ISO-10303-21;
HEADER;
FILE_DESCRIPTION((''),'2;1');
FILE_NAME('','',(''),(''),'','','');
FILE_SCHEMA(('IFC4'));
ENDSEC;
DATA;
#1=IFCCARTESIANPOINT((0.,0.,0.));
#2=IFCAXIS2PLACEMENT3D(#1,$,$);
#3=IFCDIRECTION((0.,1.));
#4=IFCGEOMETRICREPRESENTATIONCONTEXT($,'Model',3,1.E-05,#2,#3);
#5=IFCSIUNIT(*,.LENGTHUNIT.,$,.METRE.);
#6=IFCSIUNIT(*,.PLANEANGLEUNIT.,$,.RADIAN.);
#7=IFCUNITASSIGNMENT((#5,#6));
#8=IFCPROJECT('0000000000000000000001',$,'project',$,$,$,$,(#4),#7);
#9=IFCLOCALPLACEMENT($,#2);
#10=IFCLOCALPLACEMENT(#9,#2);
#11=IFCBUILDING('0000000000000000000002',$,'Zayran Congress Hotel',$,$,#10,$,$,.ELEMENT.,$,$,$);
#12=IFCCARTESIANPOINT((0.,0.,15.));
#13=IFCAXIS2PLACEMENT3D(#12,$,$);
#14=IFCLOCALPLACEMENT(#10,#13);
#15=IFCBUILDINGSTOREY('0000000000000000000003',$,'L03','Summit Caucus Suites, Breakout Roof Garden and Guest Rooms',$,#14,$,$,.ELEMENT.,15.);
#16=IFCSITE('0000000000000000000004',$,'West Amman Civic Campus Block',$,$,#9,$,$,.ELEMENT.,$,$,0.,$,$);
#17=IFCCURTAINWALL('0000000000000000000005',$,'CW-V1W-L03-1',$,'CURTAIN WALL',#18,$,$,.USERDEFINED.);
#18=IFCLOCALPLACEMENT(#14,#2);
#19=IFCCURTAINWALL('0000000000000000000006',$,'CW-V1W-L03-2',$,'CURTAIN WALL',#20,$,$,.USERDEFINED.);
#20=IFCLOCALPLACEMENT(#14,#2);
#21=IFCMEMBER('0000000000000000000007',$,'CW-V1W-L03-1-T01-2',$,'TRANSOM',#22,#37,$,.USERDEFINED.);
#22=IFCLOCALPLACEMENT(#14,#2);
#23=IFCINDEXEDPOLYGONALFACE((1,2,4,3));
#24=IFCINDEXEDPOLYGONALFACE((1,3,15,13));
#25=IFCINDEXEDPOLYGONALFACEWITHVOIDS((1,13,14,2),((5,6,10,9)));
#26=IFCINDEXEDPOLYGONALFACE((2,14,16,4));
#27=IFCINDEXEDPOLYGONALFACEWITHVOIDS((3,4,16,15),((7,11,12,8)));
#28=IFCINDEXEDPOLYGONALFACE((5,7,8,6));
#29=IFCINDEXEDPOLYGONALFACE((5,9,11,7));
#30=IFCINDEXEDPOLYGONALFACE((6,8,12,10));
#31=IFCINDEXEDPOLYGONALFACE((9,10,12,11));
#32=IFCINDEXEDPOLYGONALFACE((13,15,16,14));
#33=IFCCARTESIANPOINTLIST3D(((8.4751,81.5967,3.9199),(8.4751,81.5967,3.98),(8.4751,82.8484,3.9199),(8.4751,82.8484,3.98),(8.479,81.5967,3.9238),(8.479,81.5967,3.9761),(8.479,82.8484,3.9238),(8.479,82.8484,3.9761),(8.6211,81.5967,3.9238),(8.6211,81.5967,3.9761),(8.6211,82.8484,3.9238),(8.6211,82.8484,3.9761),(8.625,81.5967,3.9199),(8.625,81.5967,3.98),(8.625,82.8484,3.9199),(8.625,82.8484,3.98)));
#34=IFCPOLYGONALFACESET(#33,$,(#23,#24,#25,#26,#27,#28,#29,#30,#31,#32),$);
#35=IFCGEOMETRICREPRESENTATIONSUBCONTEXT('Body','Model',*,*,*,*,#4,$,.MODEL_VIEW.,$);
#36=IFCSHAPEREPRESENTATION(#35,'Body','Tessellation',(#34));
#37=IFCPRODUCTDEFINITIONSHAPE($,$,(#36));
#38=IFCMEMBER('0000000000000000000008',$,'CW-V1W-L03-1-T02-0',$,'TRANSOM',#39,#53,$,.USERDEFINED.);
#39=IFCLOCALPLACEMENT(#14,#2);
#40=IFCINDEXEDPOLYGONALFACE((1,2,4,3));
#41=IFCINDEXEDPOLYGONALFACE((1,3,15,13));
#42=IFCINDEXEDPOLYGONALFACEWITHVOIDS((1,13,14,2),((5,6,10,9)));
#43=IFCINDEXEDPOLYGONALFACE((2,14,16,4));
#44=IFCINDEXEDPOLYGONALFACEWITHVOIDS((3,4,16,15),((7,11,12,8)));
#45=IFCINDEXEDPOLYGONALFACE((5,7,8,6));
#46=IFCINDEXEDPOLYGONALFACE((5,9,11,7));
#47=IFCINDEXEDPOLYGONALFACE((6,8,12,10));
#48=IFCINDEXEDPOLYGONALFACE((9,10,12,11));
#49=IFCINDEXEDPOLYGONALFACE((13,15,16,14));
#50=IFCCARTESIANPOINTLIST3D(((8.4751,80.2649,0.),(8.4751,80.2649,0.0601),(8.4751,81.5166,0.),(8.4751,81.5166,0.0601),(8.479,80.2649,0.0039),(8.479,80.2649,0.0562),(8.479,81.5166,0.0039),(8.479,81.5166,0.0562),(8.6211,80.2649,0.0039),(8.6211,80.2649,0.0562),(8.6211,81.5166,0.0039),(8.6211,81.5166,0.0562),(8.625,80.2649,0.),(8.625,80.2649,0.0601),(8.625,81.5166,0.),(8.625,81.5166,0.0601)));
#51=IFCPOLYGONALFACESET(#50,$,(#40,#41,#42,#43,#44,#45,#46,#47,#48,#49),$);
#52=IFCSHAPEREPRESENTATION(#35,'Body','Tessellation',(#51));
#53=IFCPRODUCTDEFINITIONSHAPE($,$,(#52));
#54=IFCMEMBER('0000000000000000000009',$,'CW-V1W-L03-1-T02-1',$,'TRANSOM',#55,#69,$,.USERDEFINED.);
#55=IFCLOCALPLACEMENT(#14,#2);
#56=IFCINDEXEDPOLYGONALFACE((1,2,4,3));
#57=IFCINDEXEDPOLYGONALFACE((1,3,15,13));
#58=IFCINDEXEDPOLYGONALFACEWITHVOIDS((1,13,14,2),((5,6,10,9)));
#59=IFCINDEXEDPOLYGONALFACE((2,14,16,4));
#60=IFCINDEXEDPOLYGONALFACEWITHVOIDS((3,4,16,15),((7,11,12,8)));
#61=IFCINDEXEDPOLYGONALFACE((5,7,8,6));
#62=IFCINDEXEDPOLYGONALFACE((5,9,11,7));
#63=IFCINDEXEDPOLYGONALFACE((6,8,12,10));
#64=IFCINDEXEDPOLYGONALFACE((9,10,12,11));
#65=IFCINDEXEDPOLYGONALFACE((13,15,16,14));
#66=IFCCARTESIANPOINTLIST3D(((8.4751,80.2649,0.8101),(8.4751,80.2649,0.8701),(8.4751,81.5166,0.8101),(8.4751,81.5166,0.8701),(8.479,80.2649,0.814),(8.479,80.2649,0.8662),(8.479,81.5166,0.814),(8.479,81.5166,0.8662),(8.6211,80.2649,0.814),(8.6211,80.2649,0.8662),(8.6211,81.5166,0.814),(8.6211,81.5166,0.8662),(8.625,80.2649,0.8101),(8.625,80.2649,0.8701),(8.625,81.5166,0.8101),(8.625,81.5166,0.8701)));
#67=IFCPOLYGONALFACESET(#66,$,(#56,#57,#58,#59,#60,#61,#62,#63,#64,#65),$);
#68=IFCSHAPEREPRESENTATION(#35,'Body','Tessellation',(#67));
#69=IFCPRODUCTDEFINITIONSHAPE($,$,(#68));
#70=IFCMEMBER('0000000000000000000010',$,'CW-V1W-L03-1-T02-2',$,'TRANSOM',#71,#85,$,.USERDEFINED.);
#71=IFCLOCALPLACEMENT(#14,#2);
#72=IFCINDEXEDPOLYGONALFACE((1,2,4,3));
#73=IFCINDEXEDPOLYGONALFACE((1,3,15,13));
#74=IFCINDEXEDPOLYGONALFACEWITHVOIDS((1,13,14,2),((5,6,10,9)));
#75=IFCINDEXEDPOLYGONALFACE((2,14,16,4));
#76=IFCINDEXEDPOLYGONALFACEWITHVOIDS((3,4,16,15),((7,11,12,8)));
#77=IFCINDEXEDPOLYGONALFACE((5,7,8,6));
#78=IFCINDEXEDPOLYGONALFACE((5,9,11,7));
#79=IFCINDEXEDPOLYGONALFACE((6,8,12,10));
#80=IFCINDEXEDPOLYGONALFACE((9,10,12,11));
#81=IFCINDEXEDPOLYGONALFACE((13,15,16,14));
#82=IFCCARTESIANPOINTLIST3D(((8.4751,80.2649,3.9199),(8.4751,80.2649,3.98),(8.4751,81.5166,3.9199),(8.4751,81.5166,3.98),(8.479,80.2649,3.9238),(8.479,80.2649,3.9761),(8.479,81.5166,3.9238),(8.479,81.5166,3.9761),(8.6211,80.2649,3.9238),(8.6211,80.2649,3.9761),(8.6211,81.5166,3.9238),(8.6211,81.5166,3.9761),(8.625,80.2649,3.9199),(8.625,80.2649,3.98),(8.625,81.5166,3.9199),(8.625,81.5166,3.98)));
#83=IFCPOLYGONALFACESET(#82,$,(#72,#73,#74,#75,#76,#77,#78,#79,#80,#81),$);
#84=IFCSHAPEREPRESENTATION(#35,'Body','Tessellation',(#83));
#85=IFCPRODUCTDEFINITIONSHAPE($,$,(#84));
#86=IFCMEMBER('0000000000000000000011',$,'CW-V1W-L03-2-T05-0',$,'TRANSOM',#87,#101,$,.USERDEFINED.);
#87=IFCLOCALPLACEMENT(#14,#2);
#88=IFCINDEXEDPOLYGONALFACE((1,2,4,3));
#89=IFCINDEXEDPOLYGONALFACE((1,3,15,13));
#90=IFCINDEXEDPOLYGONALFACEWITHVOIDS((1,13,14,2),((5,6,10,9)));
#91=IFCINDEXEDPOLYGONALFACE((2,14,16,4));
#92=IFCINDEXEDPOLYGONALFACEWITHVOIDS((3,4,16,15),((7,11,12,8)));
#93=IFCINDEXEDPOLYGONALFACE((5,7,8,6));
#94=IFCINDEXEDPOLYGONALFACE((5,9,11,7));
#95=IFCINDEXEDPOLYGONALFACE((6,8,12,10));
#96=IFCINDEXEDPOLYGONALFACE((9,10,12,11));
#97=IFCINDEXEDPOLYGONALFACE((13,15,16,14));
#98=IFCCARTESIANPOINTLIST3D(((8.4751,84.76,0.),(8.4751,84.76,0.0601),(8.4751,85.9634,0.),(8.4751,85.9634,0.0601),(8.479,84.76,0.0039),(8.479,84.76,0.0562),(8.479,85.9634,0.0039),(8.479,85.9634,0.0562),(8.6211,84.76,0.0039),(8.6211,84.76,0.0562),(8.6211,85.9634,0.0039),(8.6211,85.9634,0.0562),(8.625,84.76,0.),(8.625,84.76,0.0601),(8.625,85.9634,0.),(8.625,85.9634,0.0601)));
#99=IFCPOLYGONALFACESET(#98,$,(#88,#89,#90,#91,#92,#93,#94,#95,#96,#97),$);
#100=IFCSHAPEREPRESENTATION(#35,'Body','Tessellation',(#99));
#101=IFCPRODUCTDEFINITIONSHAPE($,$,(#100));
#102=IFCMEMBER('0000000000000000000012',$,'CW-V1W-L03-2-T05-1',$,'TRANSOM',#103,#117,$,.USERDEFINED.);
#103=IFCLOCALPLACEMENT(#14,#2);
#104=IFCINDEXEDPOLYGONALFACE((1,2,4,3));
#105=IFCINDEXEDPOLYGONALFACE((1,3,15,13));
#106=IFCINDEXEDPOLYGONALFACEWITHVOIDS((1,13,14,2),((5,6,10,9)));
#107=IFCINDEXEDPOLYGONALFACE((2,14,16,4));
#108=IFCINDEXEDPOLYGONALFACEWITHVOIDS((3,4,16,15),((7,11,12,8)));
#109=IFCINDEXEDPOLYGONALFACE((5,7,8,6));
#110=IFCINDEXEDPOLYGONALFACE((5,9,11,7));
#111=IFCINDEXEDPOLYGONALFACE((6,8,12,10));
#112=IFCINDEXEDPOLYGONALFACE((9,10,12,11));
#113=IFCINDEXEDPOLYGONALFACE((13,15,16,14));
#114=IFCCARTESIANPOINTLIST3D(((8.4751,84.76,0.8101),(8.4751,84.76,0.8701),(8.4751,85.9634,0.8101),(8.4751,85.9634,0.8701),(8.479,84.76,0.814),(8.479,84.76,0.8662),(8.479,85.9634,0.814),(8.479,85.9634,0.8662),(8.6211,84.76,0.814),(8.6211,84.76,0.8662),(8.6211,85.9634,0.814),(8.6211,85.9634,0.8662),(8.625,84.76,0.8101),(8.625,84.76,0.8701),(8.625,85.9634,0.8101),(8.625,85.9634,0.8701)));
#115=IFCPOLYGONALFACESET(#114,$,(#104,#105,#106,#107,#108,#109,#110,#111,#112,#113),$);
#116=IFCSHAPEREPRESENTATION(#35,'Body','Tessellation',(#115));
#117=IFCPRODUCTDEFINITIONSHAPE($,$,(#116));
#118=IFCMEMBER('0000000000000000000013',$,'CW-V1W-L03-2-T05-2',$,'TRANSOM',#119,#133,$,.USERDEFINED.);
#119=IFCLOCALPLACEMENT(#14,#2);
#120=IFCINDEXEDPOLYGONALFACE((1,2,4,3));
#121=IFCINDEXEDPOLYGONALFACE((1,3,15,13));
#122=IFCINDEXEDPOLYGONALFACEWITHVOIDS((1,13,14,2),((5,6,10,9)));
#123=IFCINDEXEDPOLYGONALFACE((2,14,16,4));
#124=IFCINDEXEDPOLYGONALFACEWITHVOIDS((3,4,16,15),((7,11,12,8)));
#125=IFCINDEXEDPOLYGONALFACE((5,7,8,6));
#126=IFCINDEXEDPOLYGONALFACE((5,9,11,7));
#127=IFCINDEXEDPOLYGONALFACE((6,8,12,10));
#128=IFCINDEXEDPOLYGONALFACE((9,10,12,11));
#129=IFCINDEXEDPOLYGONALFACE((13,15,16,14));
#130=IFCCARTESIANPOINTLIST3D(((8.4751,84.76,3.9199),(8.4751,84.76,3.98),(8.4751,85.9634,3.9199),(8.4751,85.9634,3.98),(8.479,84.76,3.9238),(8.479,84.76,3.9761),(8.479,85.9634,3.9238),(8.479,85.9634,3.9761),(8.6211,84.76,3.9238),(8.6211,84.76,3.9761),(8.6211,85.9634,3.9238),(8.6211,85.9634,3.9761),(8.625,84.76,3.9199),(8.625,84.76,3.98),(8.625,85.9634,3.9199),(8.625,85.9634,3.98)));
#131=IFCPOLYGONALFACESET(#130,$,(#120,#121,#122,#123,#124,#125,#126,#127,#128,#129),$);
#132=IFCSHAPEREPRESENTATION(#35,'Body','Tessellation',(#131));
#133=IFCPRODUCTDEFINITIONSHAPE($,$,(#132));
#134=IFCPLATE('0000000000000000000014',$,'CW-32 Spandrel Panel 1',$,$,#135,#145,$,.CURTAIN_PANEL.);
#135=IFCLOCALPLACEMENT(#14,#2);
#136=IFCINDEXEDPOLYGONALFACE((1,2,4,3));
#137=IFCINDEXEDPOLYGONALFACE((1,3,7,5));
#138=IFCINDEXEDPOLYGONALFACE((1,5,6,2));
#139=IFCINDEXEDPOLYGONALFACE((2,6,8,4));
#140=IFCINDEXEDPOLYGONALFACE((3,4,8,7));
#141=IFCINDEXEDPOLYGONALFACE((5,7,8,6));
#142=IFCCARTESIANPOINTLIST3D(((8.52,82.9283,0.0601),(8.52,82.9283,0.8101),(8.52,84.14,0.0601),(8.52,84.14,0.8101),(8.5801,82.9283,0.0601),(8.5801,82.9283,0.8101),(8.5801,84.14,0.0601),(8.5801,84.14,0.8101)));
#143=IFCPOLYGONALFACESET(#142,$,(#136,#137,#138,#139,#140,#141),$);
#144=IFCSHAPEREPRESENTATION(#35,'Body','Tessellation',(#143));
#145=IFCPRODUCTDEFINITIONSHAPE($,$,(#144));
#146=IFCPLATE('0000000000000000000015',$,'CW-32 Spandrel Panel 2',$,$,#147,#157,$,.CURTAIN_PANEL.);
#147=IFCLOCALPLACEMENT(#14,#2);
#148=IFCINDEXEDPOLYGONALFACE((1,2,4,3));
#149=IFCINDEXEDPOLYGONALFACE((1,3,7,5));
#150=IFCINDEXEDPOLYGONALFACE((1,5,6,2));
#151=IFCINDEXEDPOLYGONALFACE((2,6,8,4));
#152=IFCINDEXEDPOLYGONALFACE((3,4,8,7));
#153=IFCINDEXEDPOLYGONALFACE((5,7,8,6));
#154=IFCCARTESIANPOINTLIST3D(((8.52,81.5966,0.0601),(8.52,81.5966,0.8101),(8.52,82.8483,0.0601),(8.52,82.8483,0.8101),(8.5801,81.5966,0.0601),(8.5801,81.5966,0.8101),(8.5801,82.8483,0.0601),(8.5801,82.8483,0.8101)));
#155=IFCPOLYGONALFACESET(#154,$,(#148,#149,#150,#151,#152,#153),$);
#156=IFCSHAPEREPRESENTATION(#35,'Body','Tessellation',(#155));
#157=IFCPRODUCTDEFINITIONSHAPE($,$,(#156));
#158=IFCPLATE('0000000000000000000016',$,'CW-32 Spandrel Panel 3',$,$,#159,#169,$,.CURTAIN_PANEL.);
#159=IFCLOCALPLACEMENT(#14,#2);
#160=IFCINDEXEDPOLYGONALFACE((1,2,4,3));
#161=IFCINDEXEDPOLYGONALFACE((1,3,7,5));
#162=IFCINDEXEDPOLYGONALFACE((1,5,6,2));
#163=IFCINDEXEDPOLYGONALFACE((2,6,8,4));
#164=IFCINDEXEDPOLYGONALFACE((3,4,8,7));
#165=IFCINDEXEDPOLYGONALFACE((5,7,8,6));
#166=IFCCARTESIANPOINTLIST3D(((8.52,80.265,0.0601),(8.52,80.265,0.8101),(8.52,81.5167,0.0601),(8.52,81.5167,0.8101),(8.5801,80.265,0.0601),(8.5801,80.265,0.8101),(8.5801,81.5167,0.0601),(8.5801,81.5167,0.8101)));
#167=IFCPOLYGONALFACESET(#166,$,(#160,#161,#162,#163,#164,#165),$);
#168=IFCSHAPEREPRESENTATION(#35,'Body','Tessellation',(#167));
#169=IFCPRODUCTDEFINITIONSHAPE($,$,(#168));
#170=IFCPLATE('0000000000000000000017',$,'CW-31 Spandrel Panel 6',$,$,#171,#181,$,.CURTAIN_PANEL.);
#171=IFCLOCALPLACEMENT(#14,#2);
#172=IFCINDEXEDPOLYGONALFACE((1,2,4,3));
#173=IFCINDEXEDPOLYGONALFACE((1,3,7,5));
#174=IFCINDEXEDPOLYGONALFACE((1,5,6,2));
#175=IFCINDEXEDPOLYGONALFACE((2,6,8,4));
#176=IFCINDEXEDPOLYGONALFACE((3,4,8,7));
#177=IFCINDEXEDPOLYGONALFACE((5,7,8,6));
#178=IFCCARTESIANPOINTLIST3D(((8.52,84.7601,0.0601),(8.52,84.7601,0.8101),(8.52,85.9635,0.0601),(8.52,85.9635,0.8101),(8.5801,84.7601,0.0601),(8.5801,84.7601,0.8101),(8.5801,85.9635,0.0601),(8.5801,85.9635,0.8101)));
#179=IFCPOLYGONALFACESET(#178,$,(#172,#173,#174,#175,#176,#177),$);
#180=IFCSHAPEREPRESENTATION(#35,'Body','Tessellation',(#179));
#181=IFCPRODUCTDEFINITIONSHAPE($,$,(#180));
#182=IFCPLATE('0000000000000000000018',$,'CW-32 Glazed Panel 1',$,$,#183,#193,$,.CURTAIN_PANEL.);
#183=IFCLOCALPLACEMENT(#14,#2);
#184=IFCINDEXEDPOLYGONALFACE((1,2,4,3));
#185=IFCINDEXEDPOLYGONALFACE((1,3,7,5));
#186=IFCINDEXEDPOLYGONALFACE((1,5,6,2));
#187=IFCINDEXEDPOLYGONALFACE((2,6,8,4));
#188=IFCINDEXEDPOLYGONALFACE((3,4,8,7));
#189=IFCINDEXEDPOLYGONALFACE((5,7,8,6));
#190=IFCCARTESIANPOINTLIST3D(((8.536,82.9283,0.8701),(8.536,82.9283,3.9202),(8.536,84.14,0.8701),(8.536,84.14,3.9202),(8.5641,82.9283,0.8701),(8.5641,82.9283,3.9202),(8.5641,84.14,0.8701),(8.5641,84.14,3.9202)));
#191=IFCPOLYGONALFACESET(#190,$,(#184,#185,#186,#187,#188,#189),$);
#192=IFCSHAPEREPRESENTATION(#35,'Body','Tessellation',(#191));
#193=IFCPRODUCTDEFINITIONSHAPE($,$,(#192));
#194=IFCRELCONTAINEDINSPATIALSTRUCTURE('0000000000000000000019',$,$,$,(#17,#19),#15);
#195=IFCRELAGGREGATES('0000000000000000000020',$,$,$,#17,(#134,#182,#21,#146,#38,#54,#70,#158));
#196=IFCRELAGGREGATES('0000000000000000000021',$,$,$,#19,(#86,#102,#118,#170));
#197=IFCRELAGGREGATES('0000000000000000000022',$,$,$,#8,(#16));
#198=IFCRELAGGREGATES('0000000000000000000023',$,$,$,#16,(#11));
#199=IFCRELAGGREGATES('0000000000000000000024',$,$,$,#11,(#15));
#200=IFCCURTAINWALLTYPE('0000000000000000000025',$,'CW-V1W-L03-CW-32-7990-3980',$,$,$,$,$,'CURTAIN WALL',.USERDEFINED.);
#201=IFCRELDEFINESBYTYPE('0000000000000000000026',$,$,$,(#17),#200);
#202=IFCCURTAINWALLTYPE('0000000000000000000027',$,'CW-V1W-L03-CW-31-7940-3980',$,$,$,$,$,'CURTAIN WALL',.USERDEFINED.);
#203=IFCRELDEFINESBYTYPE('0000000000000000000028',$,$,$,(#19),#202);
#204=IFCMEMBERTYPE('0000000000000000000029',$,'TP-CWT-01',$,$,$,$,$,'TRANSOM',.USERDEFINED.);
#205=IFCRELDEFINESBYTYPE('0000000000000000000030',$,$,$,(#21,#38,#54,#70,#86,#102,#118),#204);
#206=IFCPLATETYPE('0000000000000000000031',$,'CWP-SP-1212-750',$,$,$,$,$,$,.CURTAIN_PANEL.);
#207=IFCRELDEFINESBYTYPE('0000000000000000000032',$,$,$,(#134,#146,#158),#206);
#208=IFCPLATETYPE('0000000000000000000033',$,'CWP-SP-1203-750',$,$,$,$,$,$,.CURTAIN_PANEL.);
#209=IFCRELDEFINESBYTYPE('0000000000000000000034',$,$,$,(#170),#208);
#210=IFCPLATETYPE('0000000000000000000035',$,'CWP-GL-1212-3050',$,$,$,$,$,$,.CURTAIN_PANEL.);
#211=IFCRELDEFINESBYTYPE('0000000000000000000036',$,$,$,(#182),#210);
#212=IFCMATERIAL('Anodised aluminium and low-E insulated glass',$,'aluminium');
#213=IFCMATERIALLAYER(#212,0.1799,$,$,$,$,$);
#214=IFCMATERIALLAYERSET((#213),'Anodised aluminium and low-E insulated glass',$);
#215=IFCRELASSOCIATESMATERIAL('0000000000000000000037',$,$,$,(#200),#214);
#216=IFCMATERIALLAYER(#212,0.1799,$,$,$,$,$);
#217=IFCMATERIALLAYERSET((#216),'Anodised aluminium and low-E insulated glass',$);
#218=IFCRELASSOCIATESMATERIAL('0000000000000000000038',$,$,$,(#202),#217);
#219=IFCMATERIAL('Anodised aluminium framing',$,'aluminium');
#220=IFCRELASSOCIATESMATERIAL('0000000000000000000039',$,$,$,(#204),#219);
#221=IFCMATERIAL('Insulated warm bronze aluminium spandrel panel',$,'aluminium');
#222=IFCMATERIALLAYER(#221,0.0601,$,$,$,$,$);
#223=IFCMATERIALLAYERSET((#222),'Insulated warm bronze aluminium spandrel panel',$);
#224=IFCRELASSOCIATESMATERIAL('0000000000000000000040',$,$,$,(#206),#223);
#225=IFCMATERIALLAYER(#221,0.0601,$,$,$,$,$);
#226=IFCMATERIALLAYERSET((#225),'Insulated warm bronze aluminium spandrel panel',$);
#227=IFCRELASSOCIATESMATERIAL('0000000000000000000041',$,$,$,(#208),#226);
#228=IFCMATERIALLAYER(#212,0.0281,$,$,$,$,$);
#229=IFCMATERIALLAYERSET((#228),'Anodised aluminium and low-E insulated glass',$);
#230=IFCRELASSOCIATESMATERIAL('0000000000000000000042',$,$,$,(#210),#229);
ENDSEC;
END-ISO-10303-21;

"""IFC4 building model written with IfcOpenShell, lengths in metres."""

from ifc_helpers import new_model, si_unit, direction, frame, origin, origin_2d, place, context, subcontext, project, spatial, rectangle, hollow_rectangle, extrude, material, layer, layer_set, material_profile, profile_set, type_object, element, aggregate, save


model = new_model("IFC4")

# Units and contexts
model_context = context("Model", 3, precision=1e-05, world=origin(), true_north=direction((0.0, 1.0)))
body_context = subcontext(model_context, "Body", "Model", "MODEL_VIEW")
ifc_project = project(units=[si_unit("LENGTHUNIT", "METRE"), si_unit("PLANEANGLEUNIT", "RADIAN")], contexts=[model_context])

# Site, building, storey
site_placement = place(None, origin())
site = spatial("IfcSite", under=ifc_project, at=site_placement, Name="West Amman Civic Campus Block", CompositionType="ELEMENT", RefElevation=0.0)
building_placement = place(site_placement, origin())
building = spatial("IfcBuilding", under=site, at=building_placement, Name="Zayran Congress Hotel", CompositionType="ELEMENT")
storey_placement = place(building_placement, frame((0.0, 0.0, 15.0)))
storey = spatial("IfcBuildingStorey", under=building, at=storey_placement, Name="L03", Description="Summit Caucus Suites, Breakout Roof Garden and Guest Rooms", CompositionType="ELEMENT", Elevation=15.0)

# Curtain walls
ifc_material_1 = material(Name="Anodised aluminium and low-E insulated glass", Category="aluminium")
ifc_layer_1 = layer(ifc_material_1, 0.1799)
ifc_layer_set_1 = layer_set([ifc_layer_1], Name="Anodised aluminium and low-E insulated glass")
curtain_wall_type_1 = type_object("IfcCurtainWallType", Name="CW-V1W-L03-CW-32-7990-3980", ElementType="CURTAIN WALL", PredefinedType="USERDEFINED", material=ifc_layer_set_1)
curtain_wall_1_placement = place(storey_placement, origin())
curtain_wall_1 = element("IfcCurtainWall", 1, at=curtain_wall_1_placement, inside=storey, type_object=curtain_wall_type_1, Name="CW-V1W-L03-1", ObjectType="CURTAIN WALL", PredefinedType="USERDEFINED")
ifc_material_2 = material(Name="Anodised aluminium framing", Category="aluminium")
ifc_layer_2 = layer(ifc_material_1, 0.1799)
ifc_layer_set_2 = layer_set([ifc_layer_2], Name="Anodised aluminium and low-E insulated glass")
curtain_wall_type_2 = type_object("IfcCurtainWallType", Name="CW-V1W-L03-CW-31-7940-3980", ElementType="CURTAIN WALL", PredefinedType="USERDEFINED", material=ifc_layer_set_2)
curtain_wall_2_placement = place(storey_placement, origin())
curtain_wall_2 = element("IfcCurtainWall", 2, at=curtain_wall_2_placement, inside=storey, type_object=curtain_wall_type_2, Name="CW-V1W-L03-2", ObjectType="CURTAIN WALL", PredefinedType="USERDEFINED")

# Members
ifc_material_profile_1 = material_profile(ifc_material_2, hollow_rectangle(XDim=0.0601, YDim=0.1499, WallThickness=0.0039, at=origin_2d()), Name="RHS 150x60x4")
ifc_profile_set_1 = profile_set([ifc_material_profile_1], Name="Anodised aluminium framing")
member_type_1 = type_object("IfcMemberType", Name="TP-CWT-01", ElementType="TRANSOM", PredefinedType="USERDEFINED", material=ifc_profile_set_1)
member_1_placement = place(storey_placement, frame((8.55, 82.8484, 3.95), z_axis=(0.0, -1.0, 0.0), x_axis=(0.0, 0.0, 1.0)))
member_1 = element("IfcMember", 3, at=member_1_placement, type_object=member_type_1, Name="CW-V1W-L03-1-T01-2", ObjectType="TRANSOM", PredefinedType="USERDEFINED", context=body_context, shape_type="SweptSolid", body=[
    extrude(hollow_rectangle(XDim=0.0601, YDim=0.1499, WallThickness=0.0039, at=origin_2d()), origin(), (0.0, 0.0, 1.0), 1.2517),
])
member_2_placement = place(storey_placement, frame((8.55, 81.5166, 0.03), z_axis=(0.0, -1.0, 0.0), x_axis=(0.0, 0.0, 1.0)))
member_2 = element("IfcMember", 4, at=member_2_placement, type_object=member_type_1, Name="CW-V1W-L03-1-T02-0", ObjectType="TRANSOM", PredefinedType="USERDEFINED", context=body_context, shape_type="SweptSolid", body=[
    extrude(hollow_rectangle(XDim=0.0601, YDim=0.1499, WallThickness=0.0039, at=origin_2d()), origin(), (0.0, 0.0, 1.0), 1.2517),
])
member_3_placement = place(storey_placement, frame((8.55, 81.5166, 0.8401), z_axis=(0.0, -1.0, 0.0), x_axis=(0.0, 0.0, 1.0)))
member_3 = element("IfcMember", 5, at=member_3_placement, type_object=member_type_1, Name="CW-V1W-L03-1-T02-1", ObjectType="TRANSOM", PredefinedType="USERDEFINED", context=body_context, shape_type="SweptSolid", body=[
    extrude(hollow_rectangle(XDim=0.0601, YDim=0.1499, WallThickness=0.0039, at=origin_2d()), origin(), (0.0, 0.0, 1.0), 1.2517),
])
member_4_placement = place(storey_placement, frame((8.55, 81.5166, 3.95), z_axis=(0.0, -1.0, 0.0), x_axis=(0.0, 0.0, 1.0)))
member_4 = element("IfcMember", 6, at=member_4_placement, type_object=member_type_1, Name="CW-V1W-L03-1-T02-2", ObjectType="TRANSOM", PredefinedType="USERDEFINED", context=body_context, shape_type="SweptSolid", body=[
    extrude(hollow_rectangle(XDim=0.0601, YDim=0.1499, WallThickness=0.0039, at=origin_2d()), origin(), (0.0, 0.0, 1.0), 1.2517),
])
member_5_placement = place(storey_placement, frame((8.55, 85.9634, 0.03), z_axis=(0.0, -1.0, 0.0), x_axis=(0.0, 0.0, 1.0)))
member_5 = element("IfcMember", 7, at=member_5_placement, type_object=member_type_1, Name="CW-V1W-L03-2-T05-0", ObjectType="TRANSOM", PredefinedType="USERDEFINED", context=body_context, shape_type="SweptSolid", body=[
    extrude(hollow_rectangle(XDim=0.0601, YDim=0.1499, WallThickness=0.0039, at=origin_2d()), origin(), (0.0, 0.0, 1.0), 1.2034),
])
member_6_placement = place(storey_placement, frame((8.55, 85.9634, 0.8401), z_axis=(0.0, -1.0, 0.0), x_axis=(0.0, 0.0, 1.0)))
member_6 = element("IfcMember", 8, at=member_6_placement, type_object=member_type_1, Name="CW-V1W-L03-2-T05-1", ObjectType="TRANSOM", PredefinedType="USERDEFINED", context=body_context, shape_type="SweptSolid", body=[
    extrude(hollow_rectangle(XDim=0.0601, YDim=0.1499, WallThickness=0.0039, at=origin_2d()), origin(), (0.0, 0.0, 1.0), 1.2034),
])
member_7_placement = place(storey_placement, frame((8.55, 85.9634, 3.95), z_axis=(0.0, -1.0, 0.0), x_axis=(0.0, 0.0, 1.0)))
member_7 = element("IfcMember", 9, at=member_7_placement, type_object=member_type_1, Name="CW-V1W-L03-2-T05-2", ObjectType="TRANSOM", PredefinedType="USERDEFINED", context=body_context, shape_type="SweptSolid", body=[
    extrude(hollow_rectangle(XDim=0.0601, YDim=0.1499, WallThickness=0.0039, at=origin_2d()), origin(), (0.0, 0.0, 1.0), 1.2034),
])

# Plates
ifc_material_3 = material(Name="Insulated warm bronze aluminium spandrel panel", Category="aluminium")
ifc_layer_3 = layer(ifc_material_3, 0.0601)
ifc_layer_set_3 = layer_set([ifc_layer_3], Name="Insulated warm bronze aluminium spandrel panel")
plate_type_1 = type_object("IfcPlateType", Name="CWP-SP-1212-750", PredefinedType="CURTAIN_PANEL", material=ifc_layer_set_3)
plate_1_placement = place(storey_placement, frame((8.55, 83.5342, 0.0601), z_axis=(0.0, 0.0, 1.0), x_axis=(0.0, 1.0, 0.0)))
plate_1 = element("IfcPlate", 10, at=plate_1_placement, type_object=plate_type_1, Name="CW-32 Spandrel Panel 1", PredefinedType="CURTAIN_PANEL", context=body_context, shape_type="SweptSolid", body=[
    extrude(rectangle(XDim=1.2117, YDim=0.0601, at=origin_2d()), origin(), (0.0, 0.0, 1.0), 0.75),
])
plate_2_placement = place(storey_placement, frame((8.55, 82.2224, 0.0601), z_axis=(0.0, 0.0, 1.0), x_axis=(0.0, 1.0, 0.0)))
plate_2 = element("IfcPlate", 11, at=plate_2_placement, type_object=plate_type_1, Name="CW-32 Spandrel Panel 2", PredefinedType="CURTAIN_PANEL", context=body_context, shape_type="SweptSolid", body=[
    extrude(rectangle(XDim=1.2517, YDim=0.0601, at=origin_2d()), origin(), (0.0, 0.0, 1.0), 0.75),
])
plate_3_placement = place(storey_placement, frame((8.55, 80.8909, 0.0601), z_axis=(0.0, 0.0, 1.0), x_axis=(0.0, 1.0, 0.0)))
plate_3 = element("IfcPlate", 12, at=plate_3_placement, type_object=plate_type_1, Name="CW-32 Spandrel Panel 3", PredefinedType="CURTAIN_PANEL", context=body_context, shape_type="SweptSolid", body=[
    extrude(rectangle(XDim=1.2517, YDim=0.0601, at=origin_2d()), origin(), (0.0, 0.0, 1.0), 0.75),
])
ifc_layer_4 = layer(ifc_material_3, 0.0601)
ifc_layer_set_4 = layer_set([ifc_layer_4], Name="Insulated warm bronze aluminium spandrel panel")
plate_type_2 = type_object("IfcPlateType", Name="CWP-SP-1203-750", PredefinedType="CURTAIN_PANEL", material=ifc_layer_set_4)
plate_4_placement = place(storey_placement, frame((8.55, 85.3618, 0.0601), z_axis=(0.0, 0.0, 1.0), x_axis=(0.0, 1.0, 0.0)))
plate_4 = element("IfcPlate", 13, at=plate_4_placement, type_object=plate_type_2, Name="CW-31 Spandrel Panel 6", PredefinedType="CURTAIN_PANEL", context=body_context, shape_type="SweptSolid", body=[
    extrude(rectangle(XDim=1.2034, YDim=0.0601, at=origin_2d()), origin(), (0.0, 0.0, 1.0), 0.75),
])
ifc_layer_5 = layer(ifc_material_1, 0.0281)
ifc_layer_set_5 = layer_set([ifc_layer_5], Name="Anodised aluminium and low-E insulated glass")
plate_type_3 = type_object("IfcPlateType", Name="CWP-GL-1212-3050", PredefinedType="CURTAIN_PANEL", material=ifc_layer_set_5)
plate_5_placement = place(storey_placement, frame((8.55, 83.5342, 0.8701), z_axis=(0.0, 0.0, 1.0), x_axis=(0.0, 1.0, 0.0)))
plate_5 = element("IfcPlate", 14, at=plate_5_placement, type_object=plate_type_3, Name="CW-32 Glazed Panel 1", PredefinedType="CURTAIN_PANEL", context=body_context, shape_type="SweptSolid", body=[
    extrude(rectangle(XDim=1.2117, YDim=0.0281, at=origin_2d()), origin(), (0.0, 0.0, 1.0), 3.05),
])
aggregate(curtain_wall_1, [plate_1, plate_5, member_1, plate_2, member_2, member_3, member_4, plate_3])
aggregate(curtain_wall_2, [member_5, member_6, member_7, plate_4])

save(model, "model.ifc")
